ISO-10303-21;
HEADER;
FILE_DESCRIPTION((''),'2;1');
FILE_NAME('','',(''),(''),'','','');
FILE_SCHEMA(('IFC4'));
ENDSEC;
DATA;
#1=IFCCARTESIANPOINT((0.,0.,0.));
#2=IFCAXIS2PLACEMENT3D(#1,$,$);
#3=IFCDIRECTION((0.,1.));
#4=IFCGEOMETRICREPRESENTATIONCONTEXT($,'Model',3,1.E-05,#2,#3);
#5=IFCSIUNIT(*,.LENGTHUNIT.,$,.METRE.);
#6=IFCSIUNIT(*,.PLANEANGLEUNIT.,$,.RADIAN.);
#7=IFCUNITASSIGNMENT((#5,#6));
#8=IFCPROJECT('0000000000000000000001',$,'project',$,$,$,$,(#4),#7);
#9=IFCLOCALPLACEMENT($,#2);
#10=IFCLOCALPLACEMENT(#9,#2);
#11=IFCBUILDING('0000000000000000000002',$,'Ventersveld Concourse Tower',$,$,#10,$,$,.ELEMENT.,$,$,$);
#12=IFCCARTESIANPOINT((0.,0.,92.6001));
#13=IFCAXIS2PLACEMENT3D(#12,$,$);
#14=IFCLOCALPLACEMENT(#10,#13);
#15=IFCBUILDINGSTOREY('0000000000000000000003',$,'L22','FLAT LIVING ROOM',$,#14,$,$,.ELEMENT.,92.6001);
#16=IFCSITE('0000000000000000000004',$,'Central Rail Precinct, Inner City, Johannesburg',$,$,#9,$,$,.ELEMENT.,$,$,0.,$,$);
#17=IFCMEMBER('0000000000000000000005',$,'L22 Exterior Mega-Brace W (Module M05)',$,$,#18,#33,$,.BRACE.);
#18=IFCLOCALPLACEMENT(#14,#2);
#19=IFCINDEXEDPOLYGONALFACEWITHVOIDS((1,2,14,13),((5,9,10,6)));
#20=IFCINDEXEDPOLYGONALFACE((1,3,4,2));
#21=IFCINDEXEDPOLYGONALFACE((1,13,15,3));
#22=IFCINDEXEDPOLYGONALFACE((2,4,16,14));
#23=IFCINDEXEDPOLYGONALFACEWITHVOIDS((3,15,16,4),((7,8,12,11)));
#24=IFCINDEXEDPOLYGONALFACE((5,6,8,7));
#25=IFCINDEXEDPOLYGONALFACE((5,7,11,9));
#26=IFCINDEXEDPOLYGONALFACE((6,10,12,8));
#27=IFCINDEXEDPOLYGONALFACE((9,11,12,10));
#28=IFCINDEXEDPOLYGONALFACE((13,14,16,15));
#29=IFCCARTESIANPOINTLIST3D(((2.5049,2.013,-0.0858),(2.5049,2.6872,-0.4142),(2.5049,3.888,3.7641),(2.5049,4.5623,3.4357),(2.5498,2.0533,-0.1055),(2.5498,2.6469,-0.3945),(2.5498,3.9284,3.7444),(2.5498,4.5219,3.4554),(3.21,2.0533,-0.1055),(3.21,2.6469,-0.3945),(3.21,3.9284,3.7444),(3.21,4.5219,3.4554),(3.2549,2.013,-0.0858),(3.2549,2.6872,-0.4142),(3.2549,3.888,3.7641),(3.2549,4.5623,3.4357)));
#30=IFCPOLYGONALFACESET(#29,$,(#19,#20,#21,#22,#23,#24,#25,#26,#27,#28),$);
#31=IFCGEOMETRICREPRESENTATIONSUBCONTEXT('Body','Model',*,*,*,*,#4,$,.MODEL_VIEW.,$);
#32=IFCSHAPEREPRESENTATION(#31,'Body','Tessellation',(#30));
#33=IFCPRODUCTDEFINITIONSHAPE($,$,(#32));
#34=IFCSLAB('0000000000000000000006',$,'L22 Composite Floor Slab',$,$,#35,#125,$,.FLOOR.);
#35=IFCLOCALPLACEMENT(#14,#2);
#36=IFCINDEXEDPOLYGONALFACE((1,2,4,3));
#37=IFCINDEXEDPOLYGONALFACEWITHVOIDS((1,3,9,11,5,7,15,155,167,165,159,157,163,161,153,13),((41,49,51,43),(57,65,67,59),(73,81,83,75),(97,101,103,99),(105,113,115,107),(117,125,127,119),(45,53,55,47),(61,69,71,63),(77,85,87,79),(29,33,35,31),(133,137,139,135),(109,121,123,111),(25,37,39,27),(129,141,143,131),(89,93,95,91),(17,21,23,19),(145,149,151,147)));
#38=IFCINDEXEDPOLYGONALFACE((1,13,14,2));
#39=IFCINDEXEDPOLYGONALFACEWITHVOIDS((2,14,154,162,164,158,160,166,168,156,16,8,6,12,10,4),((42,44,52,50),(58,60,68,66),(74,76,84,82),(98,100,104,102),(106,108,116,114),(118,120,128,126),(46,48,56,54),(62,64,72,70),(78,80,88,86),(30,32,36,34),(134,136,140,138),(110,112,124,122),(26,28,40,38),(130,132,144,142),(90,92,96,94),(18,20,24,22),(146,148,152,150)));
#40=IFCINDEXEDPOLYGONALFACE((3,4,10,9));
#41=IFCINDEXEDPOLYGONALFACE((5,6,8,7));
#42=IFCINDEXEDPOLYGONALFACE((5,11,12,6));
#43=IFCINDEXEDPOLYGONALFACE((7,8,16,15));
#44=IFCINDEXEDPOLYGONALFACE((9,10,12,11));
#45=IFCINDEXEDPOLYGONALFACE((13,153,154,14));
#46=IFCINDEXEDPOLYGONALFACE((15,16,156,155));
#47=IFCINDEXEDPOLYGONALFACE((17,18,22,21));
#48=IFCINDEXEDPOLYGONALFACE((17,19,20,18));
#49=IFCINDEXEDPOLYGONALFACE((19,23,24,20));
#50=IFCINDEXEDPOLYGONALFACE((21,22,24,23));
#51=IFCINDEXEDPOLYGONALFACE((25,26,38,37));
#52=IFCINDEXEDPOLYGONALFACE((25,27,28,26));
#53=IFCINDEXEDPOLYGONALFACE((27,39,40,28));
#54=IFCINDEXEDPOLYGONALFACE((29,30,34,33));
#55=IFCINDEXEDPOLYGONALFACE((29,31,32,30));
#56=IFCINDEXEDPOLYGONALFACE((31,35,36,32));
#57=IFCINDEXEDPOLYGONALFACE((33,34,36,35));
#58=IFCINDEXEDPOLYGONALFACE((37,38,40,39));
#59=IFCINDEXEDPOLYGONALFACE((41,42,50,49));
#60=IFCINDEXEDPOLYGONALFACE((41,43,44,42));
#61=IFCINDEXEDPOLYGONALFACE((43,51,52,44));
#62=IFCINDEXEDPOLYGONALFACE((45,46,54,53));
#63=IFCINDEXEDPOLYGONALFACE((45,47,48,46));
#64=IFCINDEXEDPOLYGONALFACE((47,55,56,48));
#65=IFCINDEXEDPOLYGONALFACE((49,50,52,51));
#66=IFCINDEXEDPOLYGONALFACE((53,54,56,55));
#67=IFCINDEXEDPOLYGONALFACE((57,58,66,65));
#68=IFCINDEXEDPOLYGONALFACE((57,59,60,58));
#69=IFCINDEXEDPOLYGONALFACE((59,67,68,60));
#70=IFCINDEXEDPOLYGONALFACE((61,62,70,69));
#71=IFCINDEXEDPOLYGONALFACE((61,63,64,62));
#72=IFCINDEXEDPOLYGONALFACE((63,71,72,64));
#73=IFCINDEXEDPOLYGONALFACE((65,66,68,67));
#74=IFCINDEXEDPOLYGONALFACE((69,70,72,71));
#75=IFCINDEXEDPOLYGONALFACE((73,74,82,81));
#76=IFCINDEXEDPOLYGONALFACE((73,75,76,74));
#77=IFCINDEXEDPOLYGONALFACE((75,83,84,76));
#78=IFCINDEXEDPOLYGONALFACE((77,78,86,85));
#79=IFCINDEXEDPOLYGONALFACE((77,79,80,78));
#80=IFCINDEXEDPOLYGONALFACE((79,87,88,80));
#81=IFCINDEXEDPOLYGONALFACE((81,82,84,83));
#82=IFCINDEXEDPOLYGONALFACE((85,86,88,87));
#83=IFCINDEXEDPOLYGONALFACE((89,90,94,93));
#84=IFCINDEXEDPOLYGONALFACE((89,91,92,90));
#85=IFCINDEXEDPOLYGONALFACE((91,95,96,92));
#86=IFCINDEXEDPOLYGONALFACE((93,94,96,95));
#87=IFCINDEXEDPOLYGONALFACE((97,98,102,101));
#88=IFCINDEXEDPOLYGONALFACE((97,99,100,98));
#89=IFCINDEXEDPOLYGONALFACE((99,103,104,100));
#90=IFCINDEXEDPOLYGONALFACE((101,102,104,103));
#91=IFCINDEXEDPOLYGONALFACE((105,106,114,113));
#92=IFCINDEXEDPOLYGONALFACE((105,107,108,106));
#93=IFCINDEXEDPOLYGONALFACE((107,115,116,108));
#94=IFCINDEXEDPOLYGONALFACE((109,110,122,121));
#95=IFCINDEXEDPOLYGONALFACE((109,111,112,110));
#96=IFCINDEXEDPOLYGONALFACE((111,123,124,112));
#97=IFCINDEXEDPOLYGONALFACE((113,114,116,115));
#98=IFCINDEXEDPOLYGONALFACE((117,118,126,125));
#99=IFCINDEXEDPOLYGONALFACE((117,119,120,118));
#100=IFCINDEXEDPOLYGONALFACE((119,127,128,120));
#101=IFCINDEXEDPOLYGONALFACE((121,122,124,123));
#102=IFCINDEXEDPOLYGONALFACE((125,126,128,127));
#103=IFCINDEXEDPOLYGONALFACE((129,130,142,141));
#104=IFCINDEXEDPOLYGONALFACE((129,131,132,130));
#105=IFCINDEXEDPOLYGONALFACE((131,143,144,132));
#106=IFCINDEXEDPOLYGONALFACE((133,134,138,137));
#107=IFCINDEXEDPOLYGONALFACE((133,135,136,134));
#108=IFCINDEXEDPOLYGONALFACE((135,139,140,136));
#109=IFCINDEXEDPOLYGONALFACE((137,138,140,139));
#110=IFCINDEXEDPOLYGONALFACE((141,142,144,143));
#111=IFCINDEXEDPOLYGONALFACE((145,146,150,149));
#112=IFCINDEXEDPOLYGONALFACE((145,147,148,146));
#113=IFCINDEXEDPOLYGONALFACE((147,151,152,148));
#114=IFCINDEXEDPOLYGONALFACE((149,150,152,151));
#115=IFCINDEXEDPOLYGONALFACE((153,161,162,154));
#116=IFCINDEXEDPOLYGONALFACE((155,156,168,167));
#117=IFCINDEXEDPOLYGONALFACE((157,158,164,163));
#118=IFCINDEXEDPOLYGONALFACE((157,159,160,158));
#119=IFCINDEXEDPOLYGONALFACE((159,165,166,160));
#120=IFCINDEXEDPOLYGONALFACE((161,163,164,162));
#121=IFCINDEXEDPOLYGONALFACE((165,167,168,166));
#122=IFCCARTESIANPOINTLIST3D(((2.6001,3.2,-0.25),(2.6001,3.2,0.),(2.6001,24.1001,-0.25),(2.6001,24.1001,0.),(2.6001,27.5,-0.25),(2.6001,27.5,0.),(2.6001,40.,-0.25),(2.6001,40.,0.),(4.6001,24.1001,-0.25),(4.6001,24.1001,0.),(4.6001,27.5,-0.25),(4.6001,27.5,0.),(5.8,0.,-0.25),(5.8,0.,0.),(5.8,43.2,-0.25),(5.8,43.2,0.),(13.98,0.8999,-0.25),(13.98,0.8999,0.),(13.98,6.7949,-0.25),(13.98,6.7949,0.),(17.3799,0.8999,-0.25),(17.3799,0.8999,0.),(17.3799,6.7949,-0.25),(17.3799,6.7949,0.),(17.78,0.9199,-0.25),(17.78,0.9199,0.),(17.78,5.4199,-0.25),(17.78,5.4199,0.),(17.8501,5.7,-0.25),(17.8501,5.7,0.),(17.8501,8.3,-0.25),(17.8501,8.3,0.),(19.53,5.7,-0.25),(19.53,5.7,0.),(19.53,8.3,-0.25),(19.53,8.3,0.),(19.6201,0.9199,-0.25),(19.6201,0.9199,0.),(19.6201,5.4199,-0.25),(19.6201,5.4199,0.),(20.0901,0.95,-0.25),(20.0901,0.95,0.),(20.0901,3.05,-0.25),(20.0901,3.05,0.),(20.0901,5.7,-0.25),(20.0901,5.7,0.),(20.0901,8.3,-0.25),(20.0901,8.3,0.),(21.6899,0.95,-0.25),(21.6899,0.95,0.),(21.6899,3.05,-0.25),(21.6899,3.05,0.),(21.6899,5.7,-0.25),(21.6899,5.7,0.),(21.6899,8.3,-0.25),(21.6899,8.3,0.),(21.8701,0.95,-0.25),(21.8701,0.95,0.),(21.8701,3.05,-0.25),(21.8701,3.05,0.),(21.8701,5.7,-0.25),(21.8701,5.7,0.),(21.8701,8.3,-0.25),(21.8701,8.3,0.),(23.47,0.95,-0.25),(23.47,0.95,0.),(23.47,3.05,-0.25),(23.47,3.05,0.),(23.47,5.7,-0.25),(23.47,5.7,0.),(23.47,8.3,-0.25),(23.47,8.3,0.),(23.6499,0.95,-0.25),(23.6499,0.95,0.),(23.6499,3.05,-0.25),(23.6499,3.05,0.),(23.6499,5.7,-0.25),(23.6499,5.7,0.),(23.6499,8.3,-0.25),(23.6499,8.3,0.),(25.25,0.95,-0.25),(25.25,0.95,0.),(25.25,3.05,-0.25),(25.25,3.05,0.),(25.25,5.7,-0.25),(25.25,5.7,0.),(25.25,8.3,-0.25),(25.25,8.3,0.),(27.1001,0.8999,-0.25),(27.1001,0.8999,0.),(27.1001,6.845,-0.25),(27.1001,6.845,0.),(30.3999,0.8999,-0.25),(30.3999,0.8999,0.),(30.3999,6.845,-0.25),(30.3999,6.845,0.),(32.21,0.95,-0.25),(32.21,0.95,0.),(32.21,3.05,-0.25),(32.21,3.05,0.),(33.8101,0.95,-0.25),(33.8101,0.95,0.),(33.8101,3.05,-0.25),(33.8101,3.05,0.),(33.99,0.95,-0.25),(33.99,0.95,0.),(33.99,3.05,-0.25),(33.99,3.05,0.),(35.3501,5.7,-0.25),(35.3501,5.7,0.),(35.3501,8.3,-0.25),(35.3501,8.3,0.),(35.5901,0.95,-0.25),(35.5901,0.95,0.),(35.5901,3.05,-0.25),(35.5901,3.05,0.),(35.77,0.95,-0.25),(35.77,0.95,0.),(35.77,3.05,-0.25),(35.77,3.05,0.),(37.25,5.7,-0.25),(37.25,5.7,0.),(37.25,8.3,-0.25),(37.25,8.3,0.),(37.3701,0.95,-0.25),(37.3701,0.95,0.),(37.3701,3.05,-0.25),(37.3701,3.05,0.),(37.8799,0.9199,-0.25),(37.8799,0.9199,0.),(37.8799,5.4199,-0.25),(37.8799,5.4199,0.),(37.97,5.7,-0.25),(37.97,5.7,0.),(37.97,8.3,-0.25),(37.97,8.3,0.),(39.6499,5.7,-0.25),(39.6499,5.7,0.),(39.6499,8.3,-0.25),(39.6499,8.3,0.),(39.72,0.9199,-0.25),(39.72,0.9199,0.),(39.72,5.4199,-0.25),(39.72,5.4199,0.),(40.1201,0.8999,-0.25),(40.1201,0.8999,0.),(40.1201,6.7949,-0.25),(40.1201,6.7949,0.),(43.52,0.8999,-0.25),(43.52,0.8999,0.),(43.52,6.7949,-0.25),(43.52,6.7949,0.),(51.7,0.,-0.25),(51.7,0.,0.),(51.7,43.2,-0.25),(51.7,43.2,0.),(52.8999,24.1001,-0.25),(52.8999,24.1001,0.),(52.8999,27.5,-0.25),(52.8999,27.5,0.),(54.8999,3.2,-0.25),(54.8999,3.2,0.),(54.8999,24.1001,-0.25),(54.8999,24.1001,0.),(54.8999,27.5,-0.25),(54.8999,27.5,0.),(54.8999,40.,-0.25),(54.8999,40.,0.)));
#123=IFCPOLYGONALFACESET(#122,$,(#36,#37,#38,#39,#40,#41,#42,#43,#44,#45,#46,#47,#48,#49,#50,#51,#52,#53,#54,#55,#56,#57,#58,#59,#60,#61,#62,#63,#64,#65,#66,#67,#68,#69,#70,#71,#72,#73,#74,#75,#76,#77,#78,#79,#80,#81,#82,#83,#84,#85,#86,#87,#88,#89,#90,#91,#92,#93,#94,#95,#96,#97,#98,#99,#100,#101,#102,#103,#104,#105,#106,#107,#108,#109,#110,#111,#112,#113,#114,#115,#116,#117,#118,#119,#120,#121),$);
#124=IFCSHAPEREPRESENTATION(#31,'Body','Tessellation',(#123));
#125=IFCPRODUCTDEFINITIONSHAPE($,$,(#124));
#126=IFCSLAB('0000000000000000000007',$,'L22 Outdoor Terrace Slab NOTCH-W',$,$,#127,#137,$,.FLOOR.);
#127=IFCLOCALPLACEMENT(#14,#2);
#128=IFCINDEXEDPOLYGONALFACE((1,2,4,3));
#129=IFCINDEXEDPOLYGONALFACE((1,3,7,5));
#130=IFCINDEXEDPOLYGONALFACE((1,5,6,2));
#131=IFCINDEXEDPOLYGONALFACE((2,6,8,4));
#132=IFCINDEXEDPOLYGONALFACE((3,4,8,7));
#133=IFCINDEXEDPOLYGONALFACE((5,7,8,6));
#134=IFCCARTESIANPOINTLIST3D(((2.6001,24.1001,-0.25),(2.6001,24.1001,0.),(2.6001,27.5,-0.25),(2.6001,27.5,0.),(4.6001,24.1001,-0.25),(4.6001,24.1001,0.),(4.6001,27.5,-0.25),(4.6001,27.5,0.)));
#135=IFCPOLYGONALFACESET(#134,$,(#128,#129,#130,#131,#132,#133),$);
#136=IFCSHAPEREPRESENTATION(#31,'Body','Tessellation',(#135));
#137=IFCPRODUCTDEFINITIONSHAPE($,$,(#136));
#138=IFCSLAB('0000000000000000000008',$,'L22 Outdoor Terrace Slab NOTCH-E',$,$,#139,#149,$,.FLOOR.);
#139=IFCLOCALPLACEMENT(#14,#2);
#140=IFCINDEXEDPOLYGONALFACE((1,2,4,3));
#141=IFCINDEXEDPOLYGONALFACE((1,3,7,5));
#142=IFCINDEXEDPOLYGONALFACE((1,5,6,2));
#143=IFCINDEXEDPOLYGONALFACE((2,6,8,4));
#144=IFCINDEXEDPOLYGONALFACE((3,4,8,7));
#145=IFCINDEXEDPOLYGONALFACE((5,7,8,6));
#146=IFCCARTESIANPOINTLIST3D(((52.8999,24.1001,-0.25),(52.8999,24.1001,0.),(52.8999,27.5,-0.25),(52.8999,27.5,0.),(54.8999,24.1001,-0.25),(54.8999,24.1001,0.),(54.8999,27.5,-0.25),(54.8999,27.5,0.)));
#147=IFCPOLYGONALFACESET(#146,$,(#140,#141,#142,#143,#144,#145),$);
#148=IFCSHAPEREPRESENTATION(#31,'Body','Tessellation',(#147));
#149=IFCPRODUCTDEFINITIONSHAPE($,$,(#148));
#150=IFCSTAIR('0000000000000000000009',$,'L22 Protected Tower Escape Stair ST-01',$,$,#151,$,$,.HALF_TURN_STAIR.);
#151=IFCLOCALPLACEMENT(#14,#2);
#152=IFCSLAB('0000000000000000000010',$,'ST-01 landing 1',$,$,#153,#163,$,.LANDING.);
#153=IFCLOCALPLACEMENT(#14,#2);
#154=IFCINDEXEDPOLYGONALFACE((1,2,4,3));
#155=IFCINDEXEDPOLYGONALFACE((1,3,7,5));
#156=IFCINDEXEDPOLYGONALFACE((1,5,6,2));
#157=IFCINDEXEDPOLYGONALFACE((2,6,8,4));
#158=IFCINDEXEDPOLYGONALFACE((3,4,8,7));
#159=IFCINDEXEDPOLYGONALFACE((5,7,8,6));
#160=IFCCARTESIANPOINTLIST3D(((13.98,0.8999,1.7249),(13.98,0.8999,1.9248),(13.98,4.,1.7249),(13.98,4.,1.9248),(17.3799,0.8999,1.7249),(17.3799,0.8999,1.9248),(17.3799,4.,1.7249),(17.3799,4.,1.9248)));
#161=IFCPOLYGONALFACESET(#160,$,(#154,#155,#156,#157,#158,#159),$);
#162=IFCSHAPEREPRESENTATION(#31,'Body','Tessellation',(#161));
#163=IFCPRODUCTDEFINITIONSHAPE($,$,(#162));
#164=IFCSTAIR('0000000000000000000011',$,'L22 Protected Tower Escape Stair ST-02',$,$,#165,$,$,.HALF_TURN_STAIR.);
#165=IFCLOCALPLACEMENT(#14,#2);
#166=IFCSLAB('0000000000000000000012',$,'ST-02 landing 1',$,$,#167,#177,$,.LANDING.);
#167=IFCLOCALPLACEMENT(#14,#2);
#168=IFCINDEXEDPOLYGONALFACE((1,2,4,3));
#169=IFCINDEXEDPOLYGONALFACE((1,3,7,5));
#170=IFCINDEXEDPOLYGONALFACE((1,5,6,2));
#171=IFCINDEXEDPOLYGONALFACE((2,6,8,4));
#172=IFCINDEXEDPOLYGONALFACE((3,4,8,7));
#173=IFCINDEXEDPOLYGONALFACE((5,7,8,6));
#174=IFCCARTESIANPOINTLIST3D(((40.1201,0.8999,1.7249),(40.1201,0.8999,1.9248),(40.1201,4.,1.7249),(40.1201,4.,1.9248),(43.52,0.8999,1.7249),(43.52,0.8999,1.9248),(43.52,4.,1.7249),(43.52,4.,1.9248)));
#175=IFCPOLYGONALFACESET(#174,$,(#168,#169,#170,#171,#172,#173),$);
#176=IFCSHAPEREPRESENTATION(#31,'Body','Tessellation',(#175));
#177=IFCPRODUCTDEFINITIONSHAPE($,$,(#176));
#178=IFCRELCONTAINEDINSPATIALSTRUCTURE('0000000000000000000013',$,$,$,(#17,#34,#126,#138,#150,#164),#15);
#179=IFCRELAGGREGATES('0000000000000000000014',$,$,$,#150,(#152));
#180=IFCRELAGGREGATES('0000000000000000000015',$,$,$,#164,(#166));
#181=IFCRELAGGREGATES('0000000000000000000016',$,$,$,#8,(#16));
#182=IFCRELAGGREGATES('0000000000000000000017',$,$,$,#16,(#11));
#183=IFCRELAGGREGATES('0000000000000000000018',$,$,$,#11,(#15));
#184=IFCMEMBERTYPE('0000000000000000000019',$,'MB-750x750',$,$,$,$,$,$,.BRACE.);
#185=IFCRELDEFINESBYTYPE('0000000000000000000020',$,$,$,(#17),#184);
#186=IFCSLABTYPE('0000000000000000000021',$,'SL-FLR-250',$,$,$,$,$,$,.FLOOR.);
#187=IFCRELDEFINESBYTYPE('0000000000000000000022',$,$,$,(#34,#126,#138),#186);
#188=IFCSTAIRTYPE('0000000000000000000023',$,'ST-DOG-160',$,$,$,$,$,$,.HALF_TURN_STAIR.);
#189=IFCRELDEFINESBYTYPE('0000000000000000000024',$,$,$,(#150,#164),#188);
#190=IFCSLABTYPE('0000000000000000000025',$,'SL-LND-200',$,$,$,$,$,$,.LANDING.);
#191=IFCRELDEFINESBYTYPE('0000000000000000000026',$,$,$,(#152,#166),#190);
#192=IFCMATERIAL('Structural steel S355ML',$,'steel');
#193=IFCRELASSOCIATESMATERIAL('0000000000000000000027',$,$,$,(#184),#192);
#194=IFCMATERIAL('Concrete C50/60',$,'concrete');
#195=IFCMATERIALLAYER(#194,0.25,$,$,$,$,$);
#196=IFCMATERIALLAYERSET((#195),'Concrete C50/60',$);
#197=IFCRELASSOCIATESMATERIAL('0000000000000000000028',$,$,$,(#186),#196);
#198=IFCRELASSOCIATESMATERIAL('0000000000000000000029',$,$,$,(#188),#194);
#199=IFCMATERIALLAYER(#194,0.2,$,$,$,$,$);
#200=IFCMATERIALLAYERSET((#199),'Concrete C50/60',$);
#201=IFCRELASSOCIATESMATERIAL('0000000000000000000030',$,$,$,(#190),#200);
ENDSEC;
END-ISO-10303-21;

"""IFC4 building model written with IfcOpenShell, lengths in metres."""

from ifc_helpers import new_model, si_unit, direction, frame, origin, origin_2d, place, context, subcontext, project, spatial, polyline, hollow_rectangle, outline, extrude, material, layer, layer_set, material_profile, profile_set, type_object, element, aggregate, save


model = new_model("IFC4")

# Units and contexts
model_context = context("Model", 3, precision=1e-05, world=origin(), true_north=direction((0.0, 1.0)))
body_context = subcontext(model_context, "Body", "Model", "MODEL_VIEW")
ifc_project = project(units=[si_unit("LENGTHUNIT", "METRE"), si_unit("PLANEANGLEUNIT", "RADIAN")], contexts=[model_context])

# Site, building, storey
site_placement = place(None, origin())
site = spatial("IfcSite", under=ifc_project, at=site_placement, Name="Central Rail Precinct, Inner City, Johannesburg", CompositionType="ELEMENT", RefElevation=0.0)
building_placement = place(site_placement, origin())
building = spatial("IfcBuilding", under=site, at=building_placement, Name="Ventersveld Concourse Tower", CompositionType="ELEMENT")
storey_placement = place(building_placement, frame((0.0, 0.0, 92.6001)))
storey = spatial("IfcBuildingStorey", under=building, at=storey_placement, Name="L22", Description="FLAT LIVING ROOM", CompositionType="ELEMENT", Elevation=92.6001)

# Member
ifc_material_1 = material(Name="Structural steel S355ML", Category="steel")
ifc_material_profile = material_profile(ifc_material_1, hollow_rectangle(XDim=0.75, YDim=0.75, WallThickness=0.0449, at=origin_2d()), Name="BOX 750x750x45")
ifc_profile_set = profile_set([ifc_material_profile], Name="Structural steel S355ML")
member_type = type_object("IfcMemberType", Name="MB-750x750", PredefinedType="BRACE", material=ifc_profile_set)
member_placement = place(storey_placement, frame((2.8799, 2.3501, -0.25), z_axis=(0.0, 0.437862, 0.899042), x_axis=(-1.0, 0.0, 0.0)))
element("IfcMember", 1, at=member_placement, inside=storey, type_object=member_type, Name="L22 Exterior Mega-Brace W (Module M05)", PredefinedType="BRACE", context=body_context, shape_type="SweptSolid", body=[
    extrude(hollow_rectangle(XDim=0.75, YDim=0.75, WallThickness=0.0449, at=origin_2d()), origin(), (0.0, 0.0, 1.0), 4.2822),
])

# Slabs
ifc_material_2 = material(Name="Concrete C50/60", Category="concrete")
ifc_layer_1 = layer(ifc_material_2, 0.25)
ifc_layer_set_1 = layer_set([ifc_layer_1], Name="Concrete C50/60")
slab_type_1 = type_object("IfcSlabType", Name="SL-FLR-250", PredefinedType="FLOOR", material=ifc_layer_set_1)
slab_1_placement = place(storey_placement, frame((0.0, 0.0, -0.25)))
element("IfcSlab", 2, at=slab_1_placement, inside=storey, type_object=slab_type_1, Name="L22 Composite Floor Slab", PredefinedType="FLOOR", context=body_context, shape_type="SweptSolid", body=[
    extrude(outline(polyline([(5.8, 0.0), (51.7, 0.0), (54.8999, 3.2), (54.8999, 24.1001), (52.8999, 24.1001), (52.8999, 27.5), (54.8999, 27.5), (54.8999, 40.0), (51.7, 43.2), (5.8, 43.2), (2.6001, 40.0), (2.6001, 27.5), (4.6001, 27.5), (4.6001, 24.1001), (2.6001, 24.1001), (2.6001, 3.2), (5.8, 0.0)]), holes=[polyline([(13.98, 6.7949), (13.98, 0.8999), (17.3799, 0.8999), (17.3799, 6.7949), (13.98, 6.7949)]), polyline([(40.1201, 6.7949), (40.1201, 0.8999), (43.52, 0.8999), (43.52, 6.7949), (40.1201, 6.7949)]), polyline([(27.1001, 6.845), (27.1001, 0.8999), (30.3999, 0.8999), (30.3999, 6.845), (27.1001, 6.845)]), polyline([(17.8501, 5.7), (19.53, 5.7), (19.53, 8.3), (17.8501, 8.3), (17.8501, 5.7)]), polyline([(37.97, 5.7), (39.6499, 5.7), (39.6499, 8.3), (37.97, 8.3), (37.97, 5.7)]), polyline([(35.3501, 5.7), (37.25, 5.7), (37.25, 8.3), (35.3501, 8.3), (35.3501, 5.7)]), polyline([(20.0901, 0.95), (21.6899, 0.95), (21.6899, 3.05), (20.0901, 3.05), (20.0901, 0.95)]), polyline([(21.8701, 0.95), (23.47, 0.95), (23.47, 3.05), (21.8701, 3.05), (21.8701, 0.95)]), polyline([(23.6499, 0.95), (25.25, 0.95), (25.25, 3.05), (23.6499, 3.05), (23.6499, 0.95)]), polyline([(32.21, 0.95), (33.8101, 0.95), (33.8101, 3.05), (32.21, 3.05), (32.21, 0.95)]), polyline([(33.99, 0.95), (35.5901, 0.95), (35.5901, 3.05), (33.99, 3.05), (33.99, 0.95)]), polyline([(35.77, 0.95), (37.3701, 0.95), (37.3701, 3.05), (35.77, 3.05), (35.77, 0.95)]), polyline([(20.0901, 5.7), (21.6899, 5.7), (21.6899, 8.3), (20.0901, 8.3), (20.0901, 5.7)]), polyline([(21.8701, 5.7), (23.47, 5.7), (23.47, 8.3), (21.8701, 8.3), (21.8701, 5.7)]), polyline([(23.6499, 5.7), (25.25, 5.7), (25.25, 8.3), (23.6499, 8.3), (23.6499, 5.7)]), polyline([(17.78, 0.9199), (19.6201, 0.9199), (19.6201, 5.4199), (17.78, 5.4199), (17.78, 0.9199)]), polyline([(37.8799, 0.9199), (39.72, 0.9199), (39.72, 5.4199), (37.8799, 5.4199), (37.8799, 0.9199)])]), origin(), (0.0, 0.0, 1.0), 0.25),
])
slab_2_placement = place(storey_placement, frame((0.0, 0.0, -0.25)))
element("IfcSlab", 3, at=slab_2_placement, inside=storey, type_object=slab_type_1, Name="L22 Outdoor Terrace Slab NOTCH-W", PredefinedType="FLOOR", context=body_context, shape_type="SweptSolid", body=[
    extrude(outline(polyline([(2.6001, 24.1001), (4.6001, 24.1001), (4.6001, 27.5), (2.6001, 27.5), (2.6001, 24.1001)])), origin(), (0.0, 0.0, 1.0), 0.25),
])
slab_3_placement = place(storey_placement, frame((0.0, 0.0, -0.25)))
element("IfcSlab", 4, at=slab_3_placement, inside=storey, type_object=slab_type_1, Name="L22 Outdoor Terrace Slab NOTCH-E", PredefinedType="FLOOR", context=body_context, shape_type="SweptSolid", body=[
    extrude(outline(polyline([(52.8999, 24.1001), (54.8999, 24.1001), (54.8999, 27.5), (52.8999, 27.5), (52.8999, 24.1001)])), origin(), (0.0, 0.0, 1.0), 0.25),
])

# Stairs, slabs
stair_type_1 = type_object("IfcStairType", Name="ST-DOG-160", PredefinedType="HALF_TURN_STAIR", material=ifc_material_2)
stair_1_placement = place(storey_placement, origin())
stair_1 = element("IfcStair", 5, at=stair_1_placement, inside=storey, type_object=stair_type_1, Name="L22 Protected Tower Escape Stair ST-01", PredefinedType="HALF_TURN_STAIR")
ifc_layer_2 = layer(ifc_material_2, 0.2)
ifc_layer_set_2 = layer_set([ifc_layer_2], Name="Concrete C50/60")
slab_type_2 = type_object("IfcSlabType", Name="SL-LND-200", PredefinedType="LANDING", material=ifc_layer_set_2)
slab_4_placement = place(storey_placement, frame((0.0, 0.0, 1.7249)))
slab_4 = element("IfcSlab", 6, at=slab_4_placement, type_object=slab_type_2, Name="ST-01 landing 1", PredefinedType="LANDING", context=body_context, shape_type="SweptSolid", body=[
    extrude(outline(polyline([(13.98, 4.0), (13.98, 0.8999), (17.3799, 0.8999), (17.3799, 4.0), (13.98, 4.0)])), origin(), (0.0, 0.0, 1.0), 0.2),
])
aggregate(stair_1, [slab_4])
stair_2_placement = place(storey_placement, origin())
stair_2 = element("IfcStair", 7, at=stair_2_placement, inside=storey, type_object=stair_type_1, Name="L22 Protected Tower Escape Stair ST-02", PredefinedType="HALF_TURN_STAIR")
slab_5_placement = place(storey_placement, frame((0.0, 0.0, 1.7249)))
slab_5 = element("IfcSlab", 8, at=slab_5_placement, type_object=slab_type_2, Name="ST-02 landing 1", PredefinedType="LANDING", context=body_context, shape_type="SweptSolid", body=[
    extrude(outline(polyline([(40.1201, 4.0), (40.1201, 0.8999), (43.52, 0.8999), (43.52, 4.0), (40.1201, 4.0)])), origin(), (0.0, 0.0, 1.0), 0.2),
])
aggregate(stair_2, [slab_5])

save(model, "model.ifc")
